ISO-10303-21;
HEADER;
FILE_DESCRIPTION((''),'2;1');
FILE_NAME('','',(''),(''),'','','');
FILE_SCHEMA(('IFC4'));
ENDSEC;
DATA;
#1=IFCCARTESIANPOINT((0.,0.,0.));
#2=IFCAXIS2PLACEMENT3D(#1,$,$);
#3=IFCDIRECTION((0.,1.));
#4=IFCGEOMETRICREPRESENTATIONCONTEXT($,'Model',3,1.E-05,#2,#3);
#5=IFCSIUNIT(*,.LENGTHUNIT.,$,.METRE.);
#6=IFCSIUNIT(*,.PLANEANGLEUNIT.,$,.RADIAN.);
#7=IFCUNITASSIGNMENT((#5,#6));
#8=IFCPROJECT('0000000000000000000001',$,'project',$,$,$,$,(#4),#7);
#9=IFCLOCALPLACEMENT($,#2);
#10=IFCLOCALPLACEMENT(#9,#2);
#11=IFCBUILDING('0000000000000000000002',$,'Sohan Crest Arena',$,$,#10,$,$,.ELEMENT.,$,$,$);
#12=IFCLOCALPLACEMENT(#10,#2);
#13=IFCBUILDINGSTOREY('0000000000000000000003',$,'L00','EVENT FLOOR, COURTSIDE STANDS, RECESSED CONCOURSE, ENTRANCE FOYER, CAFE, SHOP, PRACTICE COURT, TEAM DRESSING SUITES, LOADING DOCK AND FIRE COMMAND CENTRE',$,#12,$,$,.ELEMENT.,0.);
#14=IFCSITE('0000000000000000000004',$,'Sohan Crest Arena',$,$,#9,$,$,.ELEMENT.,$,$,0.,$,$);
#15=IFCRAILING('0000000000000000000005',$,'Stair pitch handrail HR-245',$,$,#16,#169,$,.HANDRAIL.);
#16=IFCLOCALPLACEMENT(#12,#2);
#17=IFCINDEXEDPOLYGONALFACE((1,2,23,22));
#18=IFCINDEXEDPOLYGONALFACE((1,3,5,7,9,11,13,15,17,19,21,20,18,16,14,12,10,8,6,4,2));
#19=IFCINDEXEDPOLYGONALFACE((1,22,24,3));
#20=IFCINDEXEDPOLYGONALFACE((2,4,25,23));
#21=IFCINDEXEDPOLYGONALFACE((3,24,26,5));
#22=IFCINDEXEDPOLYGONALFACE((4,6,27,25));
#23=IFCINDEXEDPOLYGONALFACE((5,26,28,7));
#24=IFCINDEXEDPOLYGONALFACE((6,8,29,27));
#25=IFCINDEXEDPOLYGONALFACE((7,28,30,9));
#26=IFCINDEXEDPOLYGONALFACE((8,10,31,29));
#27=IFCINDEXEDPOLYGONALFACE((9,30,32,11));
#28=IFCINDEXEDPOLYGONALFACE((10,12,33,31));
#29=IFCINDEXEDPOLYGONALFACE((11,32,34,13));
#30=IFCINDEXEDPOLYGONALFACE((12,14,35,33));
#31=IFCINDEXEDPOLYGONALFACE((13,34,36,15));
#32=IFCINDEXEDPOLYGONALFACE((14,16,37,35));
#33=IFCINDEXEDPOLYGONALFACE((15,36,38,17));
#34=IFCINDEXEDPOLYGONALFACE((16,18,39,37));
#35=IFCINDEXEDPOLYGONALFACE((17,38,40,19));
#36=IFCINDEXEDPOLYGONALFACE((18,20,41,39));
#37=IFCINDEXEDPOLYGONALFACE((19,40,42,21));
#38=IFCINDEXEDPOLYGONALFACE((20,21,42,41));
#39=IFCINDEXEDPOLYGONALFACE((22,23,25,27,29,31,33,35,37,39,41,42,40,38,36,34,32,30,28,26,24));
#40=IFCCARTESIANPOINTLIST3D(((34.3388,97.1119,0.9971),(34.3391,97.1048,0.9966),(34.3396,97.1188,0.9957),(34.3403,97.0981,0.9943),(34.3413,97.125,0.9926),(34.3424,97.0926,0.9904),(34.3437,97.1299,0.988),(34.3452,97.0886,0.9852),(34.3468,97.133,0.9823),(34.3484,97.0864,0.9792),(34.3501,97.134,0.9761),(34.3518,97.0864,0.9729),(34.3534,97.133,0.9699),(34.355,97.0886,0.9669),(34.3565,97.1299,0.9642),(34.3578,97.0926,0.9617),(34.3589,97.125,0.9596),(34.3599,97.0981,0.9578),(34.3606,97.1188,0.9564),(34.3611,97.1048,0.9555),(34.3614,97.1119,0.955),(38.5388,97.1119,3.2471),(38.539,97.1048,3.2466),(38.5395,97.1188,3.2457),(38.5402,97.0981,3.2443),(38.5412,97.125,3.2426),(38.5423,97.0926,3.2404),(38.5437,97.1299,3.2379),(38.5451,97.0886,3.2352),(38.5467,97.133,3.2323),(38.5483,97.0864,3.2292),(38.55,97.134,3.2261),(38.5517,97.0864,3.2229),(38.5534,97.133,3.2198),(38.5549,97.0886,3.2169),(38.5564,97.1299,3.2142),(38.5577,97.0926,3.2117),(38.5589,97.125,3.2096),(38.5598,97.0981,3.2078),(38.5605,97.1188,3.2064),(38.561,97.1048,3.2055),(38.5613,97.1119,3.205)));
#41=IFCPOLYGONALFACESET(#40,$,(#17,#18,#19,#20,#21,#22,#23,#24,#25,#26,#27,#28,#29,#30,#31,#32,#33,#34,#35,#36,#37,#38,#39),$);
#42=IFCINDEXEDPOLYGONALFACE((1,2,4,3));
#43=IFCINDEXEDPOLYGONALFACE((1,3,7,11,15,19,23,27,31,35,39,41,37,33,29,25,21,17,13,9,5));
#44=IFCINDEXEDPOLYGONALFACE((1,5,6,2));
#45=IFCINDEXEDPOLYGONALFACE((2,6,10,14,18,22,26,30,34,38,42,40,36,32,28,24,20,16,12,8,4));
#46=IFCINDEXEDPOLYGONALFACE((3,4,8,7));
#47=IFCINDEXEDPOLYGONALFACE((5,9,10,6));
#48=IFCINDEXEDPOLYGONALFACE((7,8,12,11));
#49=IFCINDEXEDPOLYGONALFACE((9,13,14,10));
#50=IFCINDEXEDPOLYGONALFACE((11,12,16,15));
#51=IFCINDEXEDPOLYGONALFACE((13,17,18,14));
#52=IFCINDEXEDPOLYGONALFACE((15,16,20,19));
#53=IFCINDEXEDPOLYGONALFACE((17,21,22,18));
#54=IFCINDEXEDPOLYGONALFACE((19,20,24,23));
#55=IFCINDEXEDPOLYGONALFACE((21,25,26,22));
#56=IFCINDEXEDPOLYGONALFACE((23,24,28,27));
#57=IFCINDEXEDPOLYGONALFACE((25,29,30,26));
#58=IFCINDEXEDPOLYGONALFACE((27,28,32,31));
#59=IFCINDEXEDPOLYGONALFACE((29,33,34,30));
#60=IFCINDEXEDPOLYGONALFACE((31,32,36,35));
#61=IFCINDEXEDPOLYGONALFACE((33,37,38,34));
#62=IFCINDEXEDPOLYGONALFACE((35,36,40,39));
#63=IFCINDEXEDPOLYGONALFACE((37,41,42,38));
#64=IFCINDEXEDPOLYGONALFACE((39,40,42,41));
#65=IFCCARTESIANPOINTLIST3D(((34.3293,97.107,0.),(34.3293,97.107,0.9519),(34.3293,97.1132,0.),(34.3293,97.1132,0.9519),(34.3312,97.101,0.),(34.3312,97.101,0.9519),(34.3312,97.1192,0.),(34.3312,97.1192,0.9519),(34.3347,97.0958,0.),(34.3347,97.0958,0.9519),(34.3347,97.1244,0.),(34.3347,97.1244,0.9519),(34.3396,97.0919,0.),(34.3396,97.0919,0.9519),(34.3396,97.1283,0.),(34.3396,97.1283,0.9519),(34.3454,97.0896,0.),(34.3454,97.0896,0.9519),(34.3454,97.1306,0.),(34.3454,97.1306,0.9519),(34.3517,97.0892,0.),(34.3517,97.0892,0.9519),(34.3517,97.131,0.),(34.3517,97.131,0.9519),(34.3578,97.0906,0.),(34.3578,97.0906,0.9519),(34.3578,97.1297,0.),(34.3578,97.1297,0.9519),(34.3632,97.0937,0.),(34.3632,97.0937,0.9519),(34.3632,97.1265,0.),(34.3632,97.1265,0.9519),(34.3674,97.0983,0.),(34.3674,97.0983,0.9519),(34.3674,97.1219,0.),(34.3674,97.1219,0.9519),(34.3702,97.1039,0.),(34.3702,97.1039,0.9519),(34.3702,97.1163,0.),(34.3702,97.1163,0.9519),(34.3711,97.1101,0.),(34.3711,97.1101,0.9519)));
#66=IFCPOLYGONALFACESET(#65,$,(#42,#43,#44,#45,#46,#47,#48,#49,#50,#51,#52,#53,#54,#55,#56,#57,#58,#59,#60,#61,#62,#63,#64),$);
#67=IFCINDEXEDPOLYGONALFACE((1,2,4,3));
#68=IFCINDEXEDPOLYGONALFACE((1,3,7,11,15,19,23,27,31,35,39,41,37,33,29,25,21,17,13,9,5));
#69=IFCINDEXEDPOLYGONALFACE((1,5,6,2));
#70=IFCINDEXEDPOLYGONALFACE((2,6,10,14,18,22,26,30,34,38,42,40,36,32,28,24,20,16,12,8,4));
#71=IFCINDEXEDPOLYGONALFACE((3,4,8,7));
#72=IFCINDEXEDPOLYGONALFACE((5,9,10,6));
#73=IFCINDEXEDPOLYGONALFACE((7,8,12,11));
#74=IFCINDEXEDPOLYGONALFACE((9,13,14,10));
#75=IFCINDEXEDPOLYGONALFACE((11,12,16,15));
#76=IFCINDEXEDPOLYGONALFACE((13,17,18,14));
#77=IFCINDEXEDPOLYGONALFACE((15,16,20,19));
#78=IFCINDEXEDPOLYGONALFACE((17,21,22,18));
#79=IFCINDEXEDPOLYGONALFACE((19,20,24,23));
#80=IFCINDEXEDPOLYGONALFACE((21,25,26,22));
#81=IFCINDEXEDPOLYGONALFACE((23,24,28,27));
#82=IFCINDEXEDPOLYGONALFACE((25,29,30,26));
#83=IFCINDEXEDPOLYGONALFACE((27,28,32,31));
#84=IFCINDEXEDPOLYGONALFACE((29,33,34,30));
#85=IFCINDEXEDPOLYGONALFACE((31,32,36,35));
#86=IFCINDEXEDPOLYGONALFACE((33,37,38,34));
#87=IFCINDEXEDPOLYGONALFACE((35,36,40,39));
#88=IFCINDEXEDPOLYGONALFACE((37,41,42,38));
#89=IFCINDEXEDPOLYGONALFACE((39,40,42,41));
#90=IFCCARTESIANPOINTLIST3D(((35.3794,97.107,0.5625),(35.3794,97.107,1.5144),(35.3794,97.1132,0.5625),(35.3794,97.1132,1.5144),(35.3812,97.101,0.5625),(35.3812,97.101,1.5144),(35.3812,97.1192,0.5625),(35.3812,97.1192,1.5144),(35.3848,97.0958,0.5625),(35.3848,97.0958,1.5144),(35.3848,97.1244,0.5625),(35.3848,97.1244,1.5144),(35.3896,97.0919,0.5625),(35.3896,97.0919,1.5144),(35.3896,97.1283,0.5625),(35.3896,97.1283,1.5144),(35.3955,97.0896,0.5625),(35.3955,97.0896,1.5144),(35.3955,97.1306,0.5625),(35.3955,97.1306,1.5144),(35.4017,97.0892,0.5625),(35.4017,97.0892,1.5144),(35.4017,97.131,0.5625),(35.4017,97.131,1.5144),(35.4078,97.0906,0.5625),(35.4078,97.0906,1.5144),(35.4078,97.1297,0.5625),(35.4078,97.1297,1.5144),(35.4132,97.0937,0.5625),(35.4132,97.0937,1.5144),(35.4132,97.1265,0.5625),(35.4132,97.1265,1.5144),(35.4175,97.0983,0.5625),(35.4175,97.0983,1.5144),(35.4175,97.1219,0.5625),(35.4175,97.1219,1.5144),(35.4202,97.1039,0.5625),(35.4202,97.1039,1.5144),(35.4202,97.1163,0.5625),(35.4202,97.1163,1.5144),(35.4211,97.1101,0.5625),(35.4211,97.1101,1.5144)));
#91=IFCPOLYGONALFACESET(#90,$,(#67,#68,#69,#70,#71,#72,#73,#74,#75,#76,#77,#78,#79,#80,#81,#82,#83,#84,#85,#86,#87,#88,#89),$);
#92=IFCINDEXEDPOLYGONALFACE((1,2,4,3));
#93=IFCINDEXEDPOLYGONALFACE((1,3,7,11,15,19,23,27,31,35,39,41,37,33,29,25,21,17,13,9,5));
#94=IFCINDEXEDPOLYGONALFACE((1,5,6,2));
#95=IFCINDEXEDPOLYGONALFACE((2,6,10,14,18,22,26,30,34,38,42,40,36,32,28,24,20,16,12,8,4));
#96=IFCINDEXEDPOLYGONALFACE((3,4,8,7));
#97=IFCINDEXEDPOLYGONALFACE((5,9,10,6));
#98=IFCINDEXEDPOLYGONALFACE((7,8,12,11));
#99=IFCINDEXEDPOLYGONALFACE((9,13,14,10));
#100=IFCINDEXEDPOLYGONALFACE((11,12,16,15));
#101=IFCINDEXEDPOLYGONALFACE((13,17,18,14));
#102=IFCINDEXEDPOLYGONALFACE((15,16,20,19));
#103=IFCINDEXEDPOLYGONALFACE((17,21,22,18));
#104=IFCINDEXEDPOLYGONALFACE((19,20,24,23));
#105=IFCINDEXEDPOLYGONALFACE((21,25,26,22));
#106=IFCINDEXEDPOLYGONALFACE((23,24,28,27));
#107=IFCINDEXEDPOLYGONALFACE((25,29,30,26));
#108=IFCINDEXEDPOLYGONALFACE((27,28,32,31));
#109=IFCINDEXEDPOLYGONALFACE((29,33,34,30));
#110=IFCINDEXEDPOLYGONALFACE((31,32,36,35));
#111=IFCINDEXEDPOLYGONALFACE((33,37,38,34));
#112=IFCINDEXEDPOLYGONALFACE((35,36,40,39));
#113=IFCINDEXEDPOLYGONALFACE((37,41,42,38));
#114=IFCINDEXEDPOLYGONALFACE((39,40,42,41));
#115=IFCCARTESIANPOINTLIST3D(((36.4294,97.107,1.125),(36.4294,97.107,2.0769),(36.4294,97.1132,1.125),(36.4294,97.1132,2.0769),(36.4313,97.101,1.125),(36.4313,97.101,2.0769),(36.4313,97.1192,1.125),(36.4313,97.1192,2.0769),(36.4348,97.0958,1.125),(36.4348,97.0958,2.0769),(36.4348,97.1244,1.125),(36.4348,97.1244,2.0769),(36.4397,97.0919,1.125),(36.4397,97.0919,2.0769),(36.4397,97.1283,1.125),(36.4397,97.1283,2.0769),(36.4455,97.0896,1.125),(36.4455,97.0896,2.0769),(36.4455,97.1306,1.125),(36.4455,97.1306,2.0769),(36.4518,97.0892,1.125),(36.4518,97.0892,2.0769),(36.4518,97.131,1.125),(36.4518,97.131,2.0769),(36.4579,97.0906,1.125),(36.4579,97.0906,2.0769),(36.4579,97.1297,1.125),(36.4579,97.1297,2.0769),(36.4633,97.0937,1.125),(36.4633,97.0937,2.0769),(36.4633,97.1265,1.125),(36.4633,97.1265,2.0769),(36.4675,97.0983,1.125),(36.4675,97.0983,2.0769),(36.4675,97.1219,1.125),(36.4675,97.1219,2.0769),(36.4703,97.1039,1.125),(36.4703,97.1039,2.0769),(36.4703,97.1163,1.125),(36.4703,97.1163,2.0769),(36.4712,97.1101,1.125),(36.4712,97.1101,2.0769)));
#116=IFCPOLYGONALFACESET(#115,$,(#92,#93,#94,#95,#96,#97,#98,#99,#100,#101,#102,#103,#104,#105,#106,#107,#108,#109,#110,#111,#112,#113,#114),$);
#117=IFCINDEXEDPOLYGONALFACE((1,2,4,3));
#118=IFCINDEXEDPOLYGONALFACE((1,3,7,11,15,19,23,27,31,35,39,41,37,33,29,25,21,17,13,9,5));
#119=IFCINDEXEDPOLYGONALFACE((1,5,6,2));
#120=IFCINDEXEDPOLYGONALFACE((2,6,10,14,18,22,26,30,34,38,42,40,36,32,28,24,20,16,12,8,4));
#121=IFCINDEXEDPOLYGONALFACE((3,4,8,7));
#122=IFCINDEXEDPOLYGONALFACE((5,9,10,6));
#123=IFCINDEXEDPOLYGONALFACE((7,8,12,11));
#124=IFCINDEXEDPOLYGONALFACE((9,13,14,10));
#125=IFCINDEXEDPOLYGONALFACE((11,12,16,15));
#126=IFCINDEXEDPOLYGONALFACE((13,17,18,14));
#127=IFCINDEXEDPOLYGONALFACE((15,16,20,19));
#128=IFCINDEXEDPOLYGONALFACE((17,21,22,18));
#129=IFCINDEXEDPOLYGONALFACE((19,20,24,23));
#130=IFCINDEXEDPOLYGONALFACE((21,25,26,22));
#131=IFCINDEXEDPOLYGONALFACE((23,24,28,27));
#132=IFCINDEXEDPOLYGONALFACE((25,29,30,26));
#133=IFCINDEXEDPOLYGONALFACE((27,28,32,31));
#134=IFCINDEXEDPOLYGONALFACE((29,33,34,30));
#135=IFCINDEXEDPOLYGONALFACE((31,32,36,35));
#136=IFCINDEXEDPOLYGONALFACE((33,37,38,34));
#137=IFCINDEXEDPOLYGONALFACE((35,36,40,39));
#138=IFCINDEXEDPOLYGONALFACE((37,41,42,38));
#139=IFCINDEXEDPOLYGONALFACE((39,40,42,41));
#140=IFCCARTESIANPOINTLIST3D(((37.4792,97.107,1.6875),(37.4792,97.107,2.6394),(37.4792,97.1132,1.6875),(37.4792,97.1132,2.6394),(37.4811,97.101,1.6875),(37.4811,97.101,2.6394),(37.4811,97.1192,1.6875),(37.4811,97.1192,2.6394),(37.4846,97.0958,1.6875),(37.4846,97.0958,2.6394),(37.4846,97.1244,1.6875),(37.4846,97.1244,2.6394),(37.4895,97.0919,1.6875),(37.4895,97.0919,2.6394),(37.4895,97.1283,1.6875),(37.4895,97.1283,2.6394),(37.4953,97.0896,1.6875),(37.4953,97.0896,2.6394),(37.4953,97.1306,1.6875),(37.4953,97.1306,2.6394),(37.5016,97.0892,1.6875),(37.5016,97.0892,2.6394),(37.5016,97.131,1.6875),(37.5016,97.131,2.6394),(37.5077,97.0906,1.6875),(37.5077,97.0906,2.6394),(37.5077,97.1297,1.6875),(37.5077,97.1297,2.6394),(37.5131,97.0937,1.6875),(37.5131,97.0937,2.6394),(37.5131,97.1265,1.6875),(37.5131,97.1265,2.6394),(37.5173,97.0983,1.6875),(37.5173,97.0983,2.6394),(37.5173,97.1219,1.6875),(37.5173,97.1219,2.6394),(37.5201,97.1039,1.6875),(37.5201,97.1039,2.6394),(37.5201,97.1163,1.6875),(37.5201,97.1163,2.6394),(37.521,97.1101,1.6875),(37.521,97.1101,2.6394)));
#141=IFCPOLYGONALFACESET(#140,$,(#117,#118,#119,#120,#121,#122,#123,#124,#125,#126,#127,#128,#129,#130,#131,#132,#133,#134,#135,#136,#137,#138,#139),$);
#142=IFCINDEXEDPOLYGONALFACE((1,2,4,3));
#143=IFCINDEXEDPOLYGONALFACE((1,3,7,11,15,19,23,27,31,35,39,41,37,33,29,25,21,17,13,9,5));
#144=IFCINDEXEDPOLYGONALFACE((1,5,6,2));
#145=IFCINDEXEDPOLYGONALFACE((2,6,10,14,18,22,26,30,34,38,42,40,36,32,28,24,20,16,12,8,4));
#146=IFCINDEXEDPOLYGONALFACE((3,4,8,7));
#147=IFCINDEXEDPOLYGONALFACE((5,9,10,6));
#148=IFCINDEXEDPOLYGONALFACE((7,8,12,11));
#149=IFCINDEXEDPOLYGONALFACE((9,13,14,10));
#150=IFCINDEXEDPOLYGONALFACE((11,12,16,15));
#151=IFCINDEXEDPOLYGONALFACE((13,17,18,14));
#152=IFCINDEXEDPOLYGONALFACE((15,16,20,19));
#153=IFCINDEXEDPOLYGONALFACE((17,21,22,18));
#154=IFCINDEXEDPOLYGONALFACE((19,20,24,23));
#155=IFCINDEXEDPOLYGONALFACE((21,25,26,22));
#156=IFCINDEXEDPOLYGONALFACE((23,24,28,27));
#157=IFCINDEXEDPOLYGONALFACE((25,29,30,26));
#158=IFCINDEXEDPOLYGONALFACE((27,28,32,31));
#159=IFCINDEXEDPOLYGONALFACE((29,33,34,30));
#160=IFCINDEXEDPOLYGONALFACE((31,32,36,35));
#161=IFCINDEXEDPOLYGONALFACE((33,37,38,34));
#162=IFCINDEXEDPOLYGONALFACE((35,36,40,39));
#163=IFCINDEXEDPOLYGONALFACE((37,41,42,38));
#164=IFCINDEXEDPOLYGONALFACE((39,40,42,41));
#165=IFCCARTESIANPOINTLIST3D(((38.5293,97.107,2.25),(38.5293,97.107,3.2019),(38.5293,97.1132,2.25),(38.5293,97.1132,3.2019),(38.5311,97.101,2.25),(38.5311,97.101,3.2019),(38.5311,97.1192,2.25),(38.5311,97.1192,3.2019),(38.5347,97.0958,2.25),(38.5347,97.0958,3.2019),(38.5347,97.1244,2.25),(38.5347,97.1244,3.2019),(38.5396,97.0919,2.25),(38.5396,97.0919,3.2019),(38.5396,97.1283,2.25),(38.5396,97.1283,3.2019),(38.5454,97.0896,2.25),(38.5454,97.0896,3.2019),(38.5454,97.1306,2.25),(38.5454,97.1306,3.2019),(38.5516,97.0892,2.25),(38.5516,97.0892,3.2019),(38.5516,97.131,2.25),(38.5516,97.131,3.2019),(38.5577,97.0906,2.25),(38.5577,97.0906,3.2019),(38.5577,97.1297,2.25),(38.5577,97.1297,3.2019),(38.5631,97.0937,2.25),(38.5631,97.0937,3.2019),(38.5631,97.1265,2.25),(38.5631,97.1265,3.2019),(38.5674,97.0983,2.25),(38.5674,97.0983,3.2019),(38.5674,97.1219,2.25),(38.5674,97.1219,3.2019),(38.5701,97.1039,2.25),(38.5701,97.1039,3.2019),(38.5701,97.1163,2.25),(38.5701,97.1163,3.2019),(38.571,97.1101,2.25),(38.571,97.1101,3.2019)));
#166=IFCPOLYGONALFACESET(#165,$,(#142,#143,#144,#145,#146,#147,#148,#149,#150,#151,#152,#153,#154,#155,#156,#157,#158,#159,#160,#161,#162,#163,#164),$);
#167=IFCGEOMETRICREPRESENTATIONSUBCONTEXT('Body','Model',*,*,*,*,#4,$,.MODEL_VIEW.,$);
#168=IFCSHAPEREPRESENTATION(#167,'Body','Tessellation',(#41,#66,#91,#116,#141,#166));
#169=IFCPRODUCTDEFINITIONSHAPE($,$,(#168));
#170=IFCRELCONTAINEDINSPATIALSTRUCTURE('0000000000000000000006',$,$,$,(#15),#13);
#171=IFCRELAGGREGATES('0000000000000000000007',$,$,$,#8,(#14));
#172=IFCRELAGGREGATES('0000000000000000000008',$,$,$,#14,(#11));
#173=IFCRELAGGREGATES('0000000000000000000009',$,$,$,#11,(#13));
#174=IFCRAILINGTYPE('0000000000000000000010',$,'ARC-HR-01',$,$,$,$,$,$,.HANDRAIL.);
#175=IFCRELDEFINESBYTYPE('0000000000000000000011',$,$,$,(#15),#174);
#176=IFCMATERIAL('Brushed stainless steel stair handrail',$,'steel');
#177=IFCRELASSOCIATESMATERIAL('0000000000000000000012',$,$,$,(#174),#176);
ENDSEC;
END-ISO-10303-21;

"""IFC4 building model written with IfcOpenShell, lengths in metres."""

from ifc_helpers import new_model, si_unit, direction, frame, origin, origin_2d, place, context, subcontext, project, spatial, circle, extrude, material, type_object, element, save


model = new_model("IFC4")

# Units and contexts
model_context = context("Model", 3, precision=1e-05, world=origin(), true_north=direction((0.0, 1.0)))
body_context = subcontext(model_context, "Body", "Model", "MODEL_VIEW")
ifc_project = project(units=[si_unit("LENGTHUNIT", "METRE"), si_unit("PLANEANGLEUNIT", "RADIAN")], contexts=[model_context])

# Site, building, storey
site_placement = place(None, origin())
site = spatial("IfcSite", under=ifc_project, at=site_placement, Name="Sohan Crest Arena", CompositionType="ELEMENT", RefElevation=0.0)
building_placement = place(site_placement, origin())
building = spatial("IfcBuilding", under=site, at=building_placement, Name="Sohan Crest Arena", CompositionType="ELEMENT")
storey_placement = place(building_placement, origin())
storey = spatial("IfcBuildingStorey", under=building, at=storey_placement, Name="L00", Description="EVENT FLOOR, COURTSIDE STANDS, RECESSED CONCOURSE, ENTRANCE FOYER, CAFE, SHOP, PRACTICE COURT, TEAM DRESSING SUITES, LOADING DOCK AND FIRE COMMAND CENTRE", CompositionType="ELEMENT", Elevation=0.0)

# Railing
ifc_material_1 = material(Name="Brushed stainless steel stair handrail", Category="steel")
railing_type_1 = type_object("IfcRailingType", Name="ARC-HR-01", PredefinedType="HANDRAIL", material=ifc_material_1)
for number, where, name in (
    (1, (34.3501, 97.1101, 0.0), "Stair pitch handrail HR-245"),
):
    element("IfcRailing", number, at=place(storey_placement, frame(where)), inside=storey, type_object=railing_type_1, Name=name, PredefinedType="HANDRAIL", context=body_context, shape_type="SweptSolid", body=[
        extrude(circle(Radius=0.0239, at=origin_2d()), frame((0.0, 0.0, 0.9761), z_axis=(0.881478, 0.0, 0.472226), x_axis=(0.0, 1.0, 0.0)), (0.0, 0.0, 1.0), 4.7646),
        extrude(circle(Radius=0.021, at=origin_2d()), origin(), (0.0, 0.0, 1.0), 0.9519),
        extrude(circle(Radius=0.021, at=origin_2d()), frame((1.05, 0.0, 0.5625)), (0.0, 0.0, 1.0), 0.9519),
        extrude(circle(Radius=0.021, at=origin_2d()), frame((2.1001, 0.0, 1.125)), (0.0, 0.0, 1.0), 0.9519),
        extrude(circle(Radius=0.021, at=origin_2d()), frame((3.1499, 0.0, 1.6875)), (0.0, 0.0, 1.0), 0.9519),
        extrude(circle(Radius=0.021, at=origin_2d()), frame((4.2, 0.0, 2.25)), (0.0, 0.0, 1.0), 0.9519),
    ])

save(model, "model.ifc")
